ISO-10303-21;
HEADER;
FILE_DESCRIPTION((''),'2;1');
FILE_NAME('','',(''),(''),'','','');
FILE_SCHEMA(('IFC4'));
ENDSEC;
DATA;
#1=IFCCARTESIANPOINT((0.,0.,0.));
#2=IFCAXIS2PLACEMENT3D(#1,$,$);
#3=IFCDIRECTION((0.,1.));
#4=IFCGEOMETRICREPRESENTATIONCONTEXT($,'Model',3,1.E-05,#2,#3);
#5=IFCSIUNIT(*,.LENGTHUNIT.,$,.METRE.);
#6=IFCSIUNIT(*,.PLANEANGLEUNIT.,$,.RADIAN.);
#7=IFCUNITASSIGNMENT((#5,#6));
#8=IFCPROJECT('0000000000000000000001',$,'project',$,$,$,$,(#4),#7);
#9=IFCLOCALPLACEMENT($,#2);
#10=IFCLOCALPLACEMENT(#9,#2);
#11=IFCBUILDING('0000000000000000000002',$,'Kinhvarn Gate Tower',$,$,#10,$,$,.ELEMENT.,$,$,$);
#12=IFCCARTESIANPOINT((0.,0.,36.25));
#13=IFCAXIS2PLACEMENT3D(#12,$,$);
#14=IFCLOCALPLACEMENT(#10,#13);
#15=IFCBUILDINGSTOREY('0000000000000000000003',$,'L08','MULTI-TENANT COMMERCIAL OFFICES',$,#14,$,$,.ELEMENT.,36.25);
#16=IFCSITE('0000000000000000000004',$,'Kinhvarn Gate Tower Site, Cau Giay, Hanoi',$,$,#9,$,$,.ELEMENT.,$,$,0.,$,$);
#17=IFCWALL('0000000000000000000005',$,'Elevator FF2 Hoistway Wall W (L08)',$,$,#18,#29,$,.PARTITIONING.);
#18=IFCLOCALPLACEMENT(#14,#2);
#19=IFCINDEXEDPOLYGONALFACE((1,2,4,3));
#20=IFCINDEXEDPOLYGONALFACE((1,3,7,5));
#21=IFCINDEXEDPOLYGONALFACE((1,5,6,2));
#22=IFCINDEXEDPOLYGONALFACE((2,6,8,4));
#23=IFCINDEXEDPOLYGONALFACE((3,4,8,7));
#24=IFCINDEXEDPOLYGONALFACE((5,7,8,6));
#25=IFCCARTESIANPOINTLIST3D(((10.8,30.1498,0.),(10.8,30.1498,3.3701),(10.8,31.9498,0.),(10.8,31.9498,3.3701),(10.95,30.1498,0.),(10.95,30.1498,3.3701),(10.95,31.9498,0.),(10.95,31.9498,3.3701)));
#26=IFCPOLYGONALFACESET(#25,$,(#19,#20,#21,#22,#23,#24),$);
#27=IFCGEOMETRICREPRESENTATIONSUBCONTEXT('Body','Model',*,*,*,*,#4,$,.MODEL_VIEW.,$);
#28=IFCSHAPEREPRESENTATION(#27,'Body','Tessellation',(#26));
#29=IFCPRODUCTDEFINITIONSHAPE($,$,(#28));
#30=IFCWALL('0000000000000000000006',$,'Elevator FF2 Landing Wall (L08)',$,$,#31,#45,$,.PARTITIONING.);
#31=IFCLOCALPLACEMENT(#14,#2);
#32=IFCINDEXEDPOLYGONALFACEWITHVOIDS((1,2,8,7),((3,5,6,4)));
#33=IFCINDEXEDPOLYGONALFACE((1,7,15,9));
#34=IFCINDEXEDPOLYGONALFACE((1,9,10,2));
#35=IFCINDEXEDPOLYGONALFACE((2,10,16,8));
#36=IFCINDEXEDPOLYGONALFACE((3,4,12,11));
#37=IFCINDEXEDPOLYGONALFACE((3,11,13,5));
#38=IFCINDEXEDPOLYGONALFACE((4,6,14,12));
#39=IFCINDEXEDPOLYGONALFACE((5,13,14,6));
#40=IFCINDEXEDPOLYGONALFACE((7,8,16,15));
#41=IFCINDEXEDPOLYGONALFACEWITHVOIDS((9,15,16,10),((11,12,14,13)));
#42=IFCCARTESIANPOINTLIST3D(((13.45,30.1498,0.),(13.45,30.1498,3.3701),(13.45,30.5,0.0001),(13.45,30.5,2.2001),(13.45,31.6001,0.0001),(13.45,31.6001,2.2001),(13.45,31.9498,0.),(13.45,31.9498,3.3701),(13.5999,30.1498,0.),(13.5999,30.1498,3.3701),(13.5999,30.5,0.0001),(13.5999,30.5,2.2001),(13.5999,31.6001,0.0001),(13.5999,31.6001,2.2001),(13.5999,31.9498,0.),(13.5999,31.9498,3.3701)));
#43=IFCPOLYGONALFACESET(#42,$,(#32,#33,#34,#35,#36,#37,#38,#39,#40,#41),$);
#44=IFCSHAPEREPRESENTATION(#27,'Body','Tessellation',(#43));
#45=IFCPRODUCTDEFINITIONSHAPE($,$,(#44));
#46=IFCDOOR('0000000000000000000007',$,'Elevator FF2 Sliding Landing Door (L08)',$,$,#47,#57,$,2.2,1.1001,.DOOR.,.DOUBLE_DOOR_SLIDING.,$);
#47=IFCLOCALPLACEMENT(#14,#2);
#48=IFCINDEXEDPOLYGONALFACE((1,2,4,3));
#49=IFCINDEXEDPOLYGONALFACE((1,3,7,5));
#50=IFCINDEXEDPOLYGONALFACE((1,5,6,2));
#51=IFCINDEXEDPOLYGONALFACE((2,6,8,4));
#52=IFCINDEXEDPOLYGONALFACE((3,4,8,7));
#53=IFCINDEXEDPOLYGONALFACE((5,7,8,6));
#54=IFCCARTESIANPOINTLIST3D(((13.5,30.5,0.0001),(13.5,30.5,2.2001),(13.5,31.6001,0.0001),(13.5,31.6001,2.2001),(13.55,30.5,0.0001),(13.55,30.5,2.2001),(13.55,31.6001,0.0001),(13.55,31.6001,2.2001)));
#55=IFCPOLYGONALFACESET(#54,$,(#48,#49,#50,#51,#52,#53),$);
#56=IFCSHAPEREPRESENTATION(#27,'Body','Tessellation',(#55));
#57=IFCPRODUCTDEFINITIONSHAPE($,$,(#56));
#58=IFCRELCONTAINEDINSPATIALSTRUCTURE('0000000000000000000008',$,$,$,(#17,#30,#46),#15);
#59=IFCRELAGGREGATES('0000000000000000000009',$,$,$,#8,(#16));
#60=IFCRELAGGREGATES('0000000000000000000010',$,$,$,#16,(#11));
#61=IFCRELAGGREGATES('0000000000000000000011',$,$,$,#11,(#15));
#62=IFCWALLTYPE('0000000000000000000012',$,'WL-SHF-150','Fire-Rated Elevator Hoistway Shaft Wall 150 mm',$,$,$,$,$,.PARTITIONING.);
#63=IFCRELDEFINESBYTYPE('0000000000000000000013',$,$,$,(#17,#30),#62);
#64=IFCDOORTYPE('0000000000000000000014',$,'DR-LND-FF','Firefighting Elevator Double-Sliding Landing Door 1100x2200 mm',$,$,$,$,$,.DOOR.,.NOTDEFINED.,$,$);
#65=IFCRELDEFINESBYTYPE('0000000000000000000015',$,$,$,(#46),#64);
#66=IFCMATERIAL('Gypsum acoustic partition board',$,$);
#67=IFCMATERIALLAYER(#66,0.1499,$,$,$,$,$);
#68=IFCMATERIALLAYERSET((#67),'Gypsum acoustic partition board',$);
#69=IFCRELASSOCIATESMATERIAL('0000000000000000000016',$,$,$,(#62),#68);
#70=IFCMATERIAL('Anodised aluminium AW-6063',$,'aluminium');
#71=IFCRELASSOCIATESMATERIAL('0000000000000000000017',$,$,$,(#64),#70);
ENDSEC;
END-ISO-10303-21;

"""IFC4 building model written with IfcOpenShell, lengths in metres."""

from ifc_helpers import new_model, si_unit, direction, frame, frame_2d, origin, place, context, subcontext, project, spatial, rectangle, extrude, material, layer, layer_set, type_object, element, fill, save


model = new_model("IFC4")

# Units and contexts
model_context = context("Model", 3, precision=1e-05, world=origin(), true_north=direction((0.0, 1.0)))
body_context = subcontext(model_context, "Body", "Model", "MODEL_VIEW")
ifc_project = project(units=[si_unit("LENGTHUNIT", "METRE"), si_unit("PLANEANGLEUNIT", "RADIAN")], contexts=[model_context])

# Site, building, storey
site_placement = place(None, origin())
site = spatial("IfcSite", under=ifc_project, at=site_placement, Name="Kinhvarn Gate Tower Site, Cau Giay, Hanoi", CompositionType="ELEMENT", RefElevation=0.0)
building_placement = place(site_placement, origin())
building = spatial("IfcBuilding", under=site, at=building_placement, Name="Kinhvarn Gate Tower", CompositionType="ELEMENT")
storey_placement = place(building_placement, frame((0.0, 0.0, 36.25)))
storey = spatial("IfcBuildingStorey", under=building, at=storey_placement, Name="L08", Description="MULTI-TENANT COMMERCIAL OFFICES", CompositionType="ELEMENT", Elevation=36.25)

# Shared definitions
ifc_material_1 = material(Name="Anodised aluminium AW-6063", Category="aluminium")
ifc_material_2 = material(Name="Gypsum acoustic partition board")

# Shared definitions
ifc_layer_1 = layer(ifc_material_2, 0.1499)
ifc_layer_set_1 = layer_set([ifc_layer_1], Name="Gypsum acoustic partition board")
wall_type_1 = type_object("IfcWallType", Name="WL-SHF-150", Description="Fire-Rated Elevator Hoistway Shaft Wall 150 mm", PredefinedType="PARTITIONING", material=ifc_layer_set_1)

# Wall
wall_1_placement = place(storey_placement, frame((10.875, 30.1499, 0.0), z_axis=(0.0, 0.0, 1.0), x_axis=(0.0, 1.0, 0.0)))
element("IfcWall", 1, at=wall_1_placement, inside=storey, type_object=wall_type_1, Name="Elevator FF2 Hoistway Wall W (L08)", PredefinedType="PARTITIONING", context=body_context, shape_type="SweptSolid", body=[
    extrude(rectangle(XDim=1.8, YDim=0.1499, at=frame_2d((0.8999, 0.0))), origin(), (0.0, 0.0, 1.0), 3.3701),
])

# Wall, opening, door
wall_2_placement = place(storey_placement, frame((13.5249, 30.1499, 0.0), z_axis=(0.0, 0.0, 1.0), x_axis=(0.0, 1.0, 0.0)))
wall_2 = element("IfcWall", 2, at=wall_2_placement, inside=storey, type_object=wall_type_1, Name="Elevator FF2 Landing Wall (L08)", PredefinedType="PARTITIONING", context=body_context, shape_type="SweptSolid", body=[
    extrude(rectangle(XDim=1.8, YDim=0.1499, at=frame_2d((0.8999, 0.0))), origin(), (0.0, 0.0, 1.0), 3.3701),
])
opening_1_placement = place(wall_2_placement, frame((0.3501, 0.0, 0.0)))
opening_1 = element("IfcOpeningElement", 3, at=opening_1_placement, cuts=wall_2, PredefinedType="OPENING", context=body_context, shape_type="SweptSolid", body=[
    extrude(rectangle(XDim=1.1001, YDim=2.2, at=frame_2d((0.55, 1.1001))), frame((0.0, 0.085, 0.0), z_axis=(0.0, -1.0, 0.0), x_axis=(1.0, 0.0, 0.0)), (0.0, 0.0, 1.0), 0.1699),
])
door_type_1 = type_object("IfcDoorType", Name="DR-LND-FF", Description="Firefighting Elevator Double-Sliding Landing Door 1100x2200 mm", OperationType="NOTDEFINED", PredefinedType="DOOR", material=ifc_material_1)
door_1_placement = place(opening_1_placement, origin())
door_1 = element("IfcDoor", 4, at=door_1_placement, inside=storey, type_object=door_type_1, Name="Elevator FF2 Sliding Landing Door (L08)", OperationType="DOUBLE_DOOR_SLIDING", OverallHeight=2.2, OverallWidth=1.1001, PredefinedType="DOOR", context=body_context, shape_type="SweptSolid", body=[
    extrude(rectangle(XDim=1.1001, YDim=2.2, at=frame_2d((0.55, 1.1001))), frame((0.0, 0.0249, 0.0), z_axis=(0.0, -1.0, 0.0), x_axis=(1.0, 0.0, 0.0)), (0.0, 0.0, 1.0), 0.05),
])
fill(opening_1, door_1)

save(model, "model.ifc")
